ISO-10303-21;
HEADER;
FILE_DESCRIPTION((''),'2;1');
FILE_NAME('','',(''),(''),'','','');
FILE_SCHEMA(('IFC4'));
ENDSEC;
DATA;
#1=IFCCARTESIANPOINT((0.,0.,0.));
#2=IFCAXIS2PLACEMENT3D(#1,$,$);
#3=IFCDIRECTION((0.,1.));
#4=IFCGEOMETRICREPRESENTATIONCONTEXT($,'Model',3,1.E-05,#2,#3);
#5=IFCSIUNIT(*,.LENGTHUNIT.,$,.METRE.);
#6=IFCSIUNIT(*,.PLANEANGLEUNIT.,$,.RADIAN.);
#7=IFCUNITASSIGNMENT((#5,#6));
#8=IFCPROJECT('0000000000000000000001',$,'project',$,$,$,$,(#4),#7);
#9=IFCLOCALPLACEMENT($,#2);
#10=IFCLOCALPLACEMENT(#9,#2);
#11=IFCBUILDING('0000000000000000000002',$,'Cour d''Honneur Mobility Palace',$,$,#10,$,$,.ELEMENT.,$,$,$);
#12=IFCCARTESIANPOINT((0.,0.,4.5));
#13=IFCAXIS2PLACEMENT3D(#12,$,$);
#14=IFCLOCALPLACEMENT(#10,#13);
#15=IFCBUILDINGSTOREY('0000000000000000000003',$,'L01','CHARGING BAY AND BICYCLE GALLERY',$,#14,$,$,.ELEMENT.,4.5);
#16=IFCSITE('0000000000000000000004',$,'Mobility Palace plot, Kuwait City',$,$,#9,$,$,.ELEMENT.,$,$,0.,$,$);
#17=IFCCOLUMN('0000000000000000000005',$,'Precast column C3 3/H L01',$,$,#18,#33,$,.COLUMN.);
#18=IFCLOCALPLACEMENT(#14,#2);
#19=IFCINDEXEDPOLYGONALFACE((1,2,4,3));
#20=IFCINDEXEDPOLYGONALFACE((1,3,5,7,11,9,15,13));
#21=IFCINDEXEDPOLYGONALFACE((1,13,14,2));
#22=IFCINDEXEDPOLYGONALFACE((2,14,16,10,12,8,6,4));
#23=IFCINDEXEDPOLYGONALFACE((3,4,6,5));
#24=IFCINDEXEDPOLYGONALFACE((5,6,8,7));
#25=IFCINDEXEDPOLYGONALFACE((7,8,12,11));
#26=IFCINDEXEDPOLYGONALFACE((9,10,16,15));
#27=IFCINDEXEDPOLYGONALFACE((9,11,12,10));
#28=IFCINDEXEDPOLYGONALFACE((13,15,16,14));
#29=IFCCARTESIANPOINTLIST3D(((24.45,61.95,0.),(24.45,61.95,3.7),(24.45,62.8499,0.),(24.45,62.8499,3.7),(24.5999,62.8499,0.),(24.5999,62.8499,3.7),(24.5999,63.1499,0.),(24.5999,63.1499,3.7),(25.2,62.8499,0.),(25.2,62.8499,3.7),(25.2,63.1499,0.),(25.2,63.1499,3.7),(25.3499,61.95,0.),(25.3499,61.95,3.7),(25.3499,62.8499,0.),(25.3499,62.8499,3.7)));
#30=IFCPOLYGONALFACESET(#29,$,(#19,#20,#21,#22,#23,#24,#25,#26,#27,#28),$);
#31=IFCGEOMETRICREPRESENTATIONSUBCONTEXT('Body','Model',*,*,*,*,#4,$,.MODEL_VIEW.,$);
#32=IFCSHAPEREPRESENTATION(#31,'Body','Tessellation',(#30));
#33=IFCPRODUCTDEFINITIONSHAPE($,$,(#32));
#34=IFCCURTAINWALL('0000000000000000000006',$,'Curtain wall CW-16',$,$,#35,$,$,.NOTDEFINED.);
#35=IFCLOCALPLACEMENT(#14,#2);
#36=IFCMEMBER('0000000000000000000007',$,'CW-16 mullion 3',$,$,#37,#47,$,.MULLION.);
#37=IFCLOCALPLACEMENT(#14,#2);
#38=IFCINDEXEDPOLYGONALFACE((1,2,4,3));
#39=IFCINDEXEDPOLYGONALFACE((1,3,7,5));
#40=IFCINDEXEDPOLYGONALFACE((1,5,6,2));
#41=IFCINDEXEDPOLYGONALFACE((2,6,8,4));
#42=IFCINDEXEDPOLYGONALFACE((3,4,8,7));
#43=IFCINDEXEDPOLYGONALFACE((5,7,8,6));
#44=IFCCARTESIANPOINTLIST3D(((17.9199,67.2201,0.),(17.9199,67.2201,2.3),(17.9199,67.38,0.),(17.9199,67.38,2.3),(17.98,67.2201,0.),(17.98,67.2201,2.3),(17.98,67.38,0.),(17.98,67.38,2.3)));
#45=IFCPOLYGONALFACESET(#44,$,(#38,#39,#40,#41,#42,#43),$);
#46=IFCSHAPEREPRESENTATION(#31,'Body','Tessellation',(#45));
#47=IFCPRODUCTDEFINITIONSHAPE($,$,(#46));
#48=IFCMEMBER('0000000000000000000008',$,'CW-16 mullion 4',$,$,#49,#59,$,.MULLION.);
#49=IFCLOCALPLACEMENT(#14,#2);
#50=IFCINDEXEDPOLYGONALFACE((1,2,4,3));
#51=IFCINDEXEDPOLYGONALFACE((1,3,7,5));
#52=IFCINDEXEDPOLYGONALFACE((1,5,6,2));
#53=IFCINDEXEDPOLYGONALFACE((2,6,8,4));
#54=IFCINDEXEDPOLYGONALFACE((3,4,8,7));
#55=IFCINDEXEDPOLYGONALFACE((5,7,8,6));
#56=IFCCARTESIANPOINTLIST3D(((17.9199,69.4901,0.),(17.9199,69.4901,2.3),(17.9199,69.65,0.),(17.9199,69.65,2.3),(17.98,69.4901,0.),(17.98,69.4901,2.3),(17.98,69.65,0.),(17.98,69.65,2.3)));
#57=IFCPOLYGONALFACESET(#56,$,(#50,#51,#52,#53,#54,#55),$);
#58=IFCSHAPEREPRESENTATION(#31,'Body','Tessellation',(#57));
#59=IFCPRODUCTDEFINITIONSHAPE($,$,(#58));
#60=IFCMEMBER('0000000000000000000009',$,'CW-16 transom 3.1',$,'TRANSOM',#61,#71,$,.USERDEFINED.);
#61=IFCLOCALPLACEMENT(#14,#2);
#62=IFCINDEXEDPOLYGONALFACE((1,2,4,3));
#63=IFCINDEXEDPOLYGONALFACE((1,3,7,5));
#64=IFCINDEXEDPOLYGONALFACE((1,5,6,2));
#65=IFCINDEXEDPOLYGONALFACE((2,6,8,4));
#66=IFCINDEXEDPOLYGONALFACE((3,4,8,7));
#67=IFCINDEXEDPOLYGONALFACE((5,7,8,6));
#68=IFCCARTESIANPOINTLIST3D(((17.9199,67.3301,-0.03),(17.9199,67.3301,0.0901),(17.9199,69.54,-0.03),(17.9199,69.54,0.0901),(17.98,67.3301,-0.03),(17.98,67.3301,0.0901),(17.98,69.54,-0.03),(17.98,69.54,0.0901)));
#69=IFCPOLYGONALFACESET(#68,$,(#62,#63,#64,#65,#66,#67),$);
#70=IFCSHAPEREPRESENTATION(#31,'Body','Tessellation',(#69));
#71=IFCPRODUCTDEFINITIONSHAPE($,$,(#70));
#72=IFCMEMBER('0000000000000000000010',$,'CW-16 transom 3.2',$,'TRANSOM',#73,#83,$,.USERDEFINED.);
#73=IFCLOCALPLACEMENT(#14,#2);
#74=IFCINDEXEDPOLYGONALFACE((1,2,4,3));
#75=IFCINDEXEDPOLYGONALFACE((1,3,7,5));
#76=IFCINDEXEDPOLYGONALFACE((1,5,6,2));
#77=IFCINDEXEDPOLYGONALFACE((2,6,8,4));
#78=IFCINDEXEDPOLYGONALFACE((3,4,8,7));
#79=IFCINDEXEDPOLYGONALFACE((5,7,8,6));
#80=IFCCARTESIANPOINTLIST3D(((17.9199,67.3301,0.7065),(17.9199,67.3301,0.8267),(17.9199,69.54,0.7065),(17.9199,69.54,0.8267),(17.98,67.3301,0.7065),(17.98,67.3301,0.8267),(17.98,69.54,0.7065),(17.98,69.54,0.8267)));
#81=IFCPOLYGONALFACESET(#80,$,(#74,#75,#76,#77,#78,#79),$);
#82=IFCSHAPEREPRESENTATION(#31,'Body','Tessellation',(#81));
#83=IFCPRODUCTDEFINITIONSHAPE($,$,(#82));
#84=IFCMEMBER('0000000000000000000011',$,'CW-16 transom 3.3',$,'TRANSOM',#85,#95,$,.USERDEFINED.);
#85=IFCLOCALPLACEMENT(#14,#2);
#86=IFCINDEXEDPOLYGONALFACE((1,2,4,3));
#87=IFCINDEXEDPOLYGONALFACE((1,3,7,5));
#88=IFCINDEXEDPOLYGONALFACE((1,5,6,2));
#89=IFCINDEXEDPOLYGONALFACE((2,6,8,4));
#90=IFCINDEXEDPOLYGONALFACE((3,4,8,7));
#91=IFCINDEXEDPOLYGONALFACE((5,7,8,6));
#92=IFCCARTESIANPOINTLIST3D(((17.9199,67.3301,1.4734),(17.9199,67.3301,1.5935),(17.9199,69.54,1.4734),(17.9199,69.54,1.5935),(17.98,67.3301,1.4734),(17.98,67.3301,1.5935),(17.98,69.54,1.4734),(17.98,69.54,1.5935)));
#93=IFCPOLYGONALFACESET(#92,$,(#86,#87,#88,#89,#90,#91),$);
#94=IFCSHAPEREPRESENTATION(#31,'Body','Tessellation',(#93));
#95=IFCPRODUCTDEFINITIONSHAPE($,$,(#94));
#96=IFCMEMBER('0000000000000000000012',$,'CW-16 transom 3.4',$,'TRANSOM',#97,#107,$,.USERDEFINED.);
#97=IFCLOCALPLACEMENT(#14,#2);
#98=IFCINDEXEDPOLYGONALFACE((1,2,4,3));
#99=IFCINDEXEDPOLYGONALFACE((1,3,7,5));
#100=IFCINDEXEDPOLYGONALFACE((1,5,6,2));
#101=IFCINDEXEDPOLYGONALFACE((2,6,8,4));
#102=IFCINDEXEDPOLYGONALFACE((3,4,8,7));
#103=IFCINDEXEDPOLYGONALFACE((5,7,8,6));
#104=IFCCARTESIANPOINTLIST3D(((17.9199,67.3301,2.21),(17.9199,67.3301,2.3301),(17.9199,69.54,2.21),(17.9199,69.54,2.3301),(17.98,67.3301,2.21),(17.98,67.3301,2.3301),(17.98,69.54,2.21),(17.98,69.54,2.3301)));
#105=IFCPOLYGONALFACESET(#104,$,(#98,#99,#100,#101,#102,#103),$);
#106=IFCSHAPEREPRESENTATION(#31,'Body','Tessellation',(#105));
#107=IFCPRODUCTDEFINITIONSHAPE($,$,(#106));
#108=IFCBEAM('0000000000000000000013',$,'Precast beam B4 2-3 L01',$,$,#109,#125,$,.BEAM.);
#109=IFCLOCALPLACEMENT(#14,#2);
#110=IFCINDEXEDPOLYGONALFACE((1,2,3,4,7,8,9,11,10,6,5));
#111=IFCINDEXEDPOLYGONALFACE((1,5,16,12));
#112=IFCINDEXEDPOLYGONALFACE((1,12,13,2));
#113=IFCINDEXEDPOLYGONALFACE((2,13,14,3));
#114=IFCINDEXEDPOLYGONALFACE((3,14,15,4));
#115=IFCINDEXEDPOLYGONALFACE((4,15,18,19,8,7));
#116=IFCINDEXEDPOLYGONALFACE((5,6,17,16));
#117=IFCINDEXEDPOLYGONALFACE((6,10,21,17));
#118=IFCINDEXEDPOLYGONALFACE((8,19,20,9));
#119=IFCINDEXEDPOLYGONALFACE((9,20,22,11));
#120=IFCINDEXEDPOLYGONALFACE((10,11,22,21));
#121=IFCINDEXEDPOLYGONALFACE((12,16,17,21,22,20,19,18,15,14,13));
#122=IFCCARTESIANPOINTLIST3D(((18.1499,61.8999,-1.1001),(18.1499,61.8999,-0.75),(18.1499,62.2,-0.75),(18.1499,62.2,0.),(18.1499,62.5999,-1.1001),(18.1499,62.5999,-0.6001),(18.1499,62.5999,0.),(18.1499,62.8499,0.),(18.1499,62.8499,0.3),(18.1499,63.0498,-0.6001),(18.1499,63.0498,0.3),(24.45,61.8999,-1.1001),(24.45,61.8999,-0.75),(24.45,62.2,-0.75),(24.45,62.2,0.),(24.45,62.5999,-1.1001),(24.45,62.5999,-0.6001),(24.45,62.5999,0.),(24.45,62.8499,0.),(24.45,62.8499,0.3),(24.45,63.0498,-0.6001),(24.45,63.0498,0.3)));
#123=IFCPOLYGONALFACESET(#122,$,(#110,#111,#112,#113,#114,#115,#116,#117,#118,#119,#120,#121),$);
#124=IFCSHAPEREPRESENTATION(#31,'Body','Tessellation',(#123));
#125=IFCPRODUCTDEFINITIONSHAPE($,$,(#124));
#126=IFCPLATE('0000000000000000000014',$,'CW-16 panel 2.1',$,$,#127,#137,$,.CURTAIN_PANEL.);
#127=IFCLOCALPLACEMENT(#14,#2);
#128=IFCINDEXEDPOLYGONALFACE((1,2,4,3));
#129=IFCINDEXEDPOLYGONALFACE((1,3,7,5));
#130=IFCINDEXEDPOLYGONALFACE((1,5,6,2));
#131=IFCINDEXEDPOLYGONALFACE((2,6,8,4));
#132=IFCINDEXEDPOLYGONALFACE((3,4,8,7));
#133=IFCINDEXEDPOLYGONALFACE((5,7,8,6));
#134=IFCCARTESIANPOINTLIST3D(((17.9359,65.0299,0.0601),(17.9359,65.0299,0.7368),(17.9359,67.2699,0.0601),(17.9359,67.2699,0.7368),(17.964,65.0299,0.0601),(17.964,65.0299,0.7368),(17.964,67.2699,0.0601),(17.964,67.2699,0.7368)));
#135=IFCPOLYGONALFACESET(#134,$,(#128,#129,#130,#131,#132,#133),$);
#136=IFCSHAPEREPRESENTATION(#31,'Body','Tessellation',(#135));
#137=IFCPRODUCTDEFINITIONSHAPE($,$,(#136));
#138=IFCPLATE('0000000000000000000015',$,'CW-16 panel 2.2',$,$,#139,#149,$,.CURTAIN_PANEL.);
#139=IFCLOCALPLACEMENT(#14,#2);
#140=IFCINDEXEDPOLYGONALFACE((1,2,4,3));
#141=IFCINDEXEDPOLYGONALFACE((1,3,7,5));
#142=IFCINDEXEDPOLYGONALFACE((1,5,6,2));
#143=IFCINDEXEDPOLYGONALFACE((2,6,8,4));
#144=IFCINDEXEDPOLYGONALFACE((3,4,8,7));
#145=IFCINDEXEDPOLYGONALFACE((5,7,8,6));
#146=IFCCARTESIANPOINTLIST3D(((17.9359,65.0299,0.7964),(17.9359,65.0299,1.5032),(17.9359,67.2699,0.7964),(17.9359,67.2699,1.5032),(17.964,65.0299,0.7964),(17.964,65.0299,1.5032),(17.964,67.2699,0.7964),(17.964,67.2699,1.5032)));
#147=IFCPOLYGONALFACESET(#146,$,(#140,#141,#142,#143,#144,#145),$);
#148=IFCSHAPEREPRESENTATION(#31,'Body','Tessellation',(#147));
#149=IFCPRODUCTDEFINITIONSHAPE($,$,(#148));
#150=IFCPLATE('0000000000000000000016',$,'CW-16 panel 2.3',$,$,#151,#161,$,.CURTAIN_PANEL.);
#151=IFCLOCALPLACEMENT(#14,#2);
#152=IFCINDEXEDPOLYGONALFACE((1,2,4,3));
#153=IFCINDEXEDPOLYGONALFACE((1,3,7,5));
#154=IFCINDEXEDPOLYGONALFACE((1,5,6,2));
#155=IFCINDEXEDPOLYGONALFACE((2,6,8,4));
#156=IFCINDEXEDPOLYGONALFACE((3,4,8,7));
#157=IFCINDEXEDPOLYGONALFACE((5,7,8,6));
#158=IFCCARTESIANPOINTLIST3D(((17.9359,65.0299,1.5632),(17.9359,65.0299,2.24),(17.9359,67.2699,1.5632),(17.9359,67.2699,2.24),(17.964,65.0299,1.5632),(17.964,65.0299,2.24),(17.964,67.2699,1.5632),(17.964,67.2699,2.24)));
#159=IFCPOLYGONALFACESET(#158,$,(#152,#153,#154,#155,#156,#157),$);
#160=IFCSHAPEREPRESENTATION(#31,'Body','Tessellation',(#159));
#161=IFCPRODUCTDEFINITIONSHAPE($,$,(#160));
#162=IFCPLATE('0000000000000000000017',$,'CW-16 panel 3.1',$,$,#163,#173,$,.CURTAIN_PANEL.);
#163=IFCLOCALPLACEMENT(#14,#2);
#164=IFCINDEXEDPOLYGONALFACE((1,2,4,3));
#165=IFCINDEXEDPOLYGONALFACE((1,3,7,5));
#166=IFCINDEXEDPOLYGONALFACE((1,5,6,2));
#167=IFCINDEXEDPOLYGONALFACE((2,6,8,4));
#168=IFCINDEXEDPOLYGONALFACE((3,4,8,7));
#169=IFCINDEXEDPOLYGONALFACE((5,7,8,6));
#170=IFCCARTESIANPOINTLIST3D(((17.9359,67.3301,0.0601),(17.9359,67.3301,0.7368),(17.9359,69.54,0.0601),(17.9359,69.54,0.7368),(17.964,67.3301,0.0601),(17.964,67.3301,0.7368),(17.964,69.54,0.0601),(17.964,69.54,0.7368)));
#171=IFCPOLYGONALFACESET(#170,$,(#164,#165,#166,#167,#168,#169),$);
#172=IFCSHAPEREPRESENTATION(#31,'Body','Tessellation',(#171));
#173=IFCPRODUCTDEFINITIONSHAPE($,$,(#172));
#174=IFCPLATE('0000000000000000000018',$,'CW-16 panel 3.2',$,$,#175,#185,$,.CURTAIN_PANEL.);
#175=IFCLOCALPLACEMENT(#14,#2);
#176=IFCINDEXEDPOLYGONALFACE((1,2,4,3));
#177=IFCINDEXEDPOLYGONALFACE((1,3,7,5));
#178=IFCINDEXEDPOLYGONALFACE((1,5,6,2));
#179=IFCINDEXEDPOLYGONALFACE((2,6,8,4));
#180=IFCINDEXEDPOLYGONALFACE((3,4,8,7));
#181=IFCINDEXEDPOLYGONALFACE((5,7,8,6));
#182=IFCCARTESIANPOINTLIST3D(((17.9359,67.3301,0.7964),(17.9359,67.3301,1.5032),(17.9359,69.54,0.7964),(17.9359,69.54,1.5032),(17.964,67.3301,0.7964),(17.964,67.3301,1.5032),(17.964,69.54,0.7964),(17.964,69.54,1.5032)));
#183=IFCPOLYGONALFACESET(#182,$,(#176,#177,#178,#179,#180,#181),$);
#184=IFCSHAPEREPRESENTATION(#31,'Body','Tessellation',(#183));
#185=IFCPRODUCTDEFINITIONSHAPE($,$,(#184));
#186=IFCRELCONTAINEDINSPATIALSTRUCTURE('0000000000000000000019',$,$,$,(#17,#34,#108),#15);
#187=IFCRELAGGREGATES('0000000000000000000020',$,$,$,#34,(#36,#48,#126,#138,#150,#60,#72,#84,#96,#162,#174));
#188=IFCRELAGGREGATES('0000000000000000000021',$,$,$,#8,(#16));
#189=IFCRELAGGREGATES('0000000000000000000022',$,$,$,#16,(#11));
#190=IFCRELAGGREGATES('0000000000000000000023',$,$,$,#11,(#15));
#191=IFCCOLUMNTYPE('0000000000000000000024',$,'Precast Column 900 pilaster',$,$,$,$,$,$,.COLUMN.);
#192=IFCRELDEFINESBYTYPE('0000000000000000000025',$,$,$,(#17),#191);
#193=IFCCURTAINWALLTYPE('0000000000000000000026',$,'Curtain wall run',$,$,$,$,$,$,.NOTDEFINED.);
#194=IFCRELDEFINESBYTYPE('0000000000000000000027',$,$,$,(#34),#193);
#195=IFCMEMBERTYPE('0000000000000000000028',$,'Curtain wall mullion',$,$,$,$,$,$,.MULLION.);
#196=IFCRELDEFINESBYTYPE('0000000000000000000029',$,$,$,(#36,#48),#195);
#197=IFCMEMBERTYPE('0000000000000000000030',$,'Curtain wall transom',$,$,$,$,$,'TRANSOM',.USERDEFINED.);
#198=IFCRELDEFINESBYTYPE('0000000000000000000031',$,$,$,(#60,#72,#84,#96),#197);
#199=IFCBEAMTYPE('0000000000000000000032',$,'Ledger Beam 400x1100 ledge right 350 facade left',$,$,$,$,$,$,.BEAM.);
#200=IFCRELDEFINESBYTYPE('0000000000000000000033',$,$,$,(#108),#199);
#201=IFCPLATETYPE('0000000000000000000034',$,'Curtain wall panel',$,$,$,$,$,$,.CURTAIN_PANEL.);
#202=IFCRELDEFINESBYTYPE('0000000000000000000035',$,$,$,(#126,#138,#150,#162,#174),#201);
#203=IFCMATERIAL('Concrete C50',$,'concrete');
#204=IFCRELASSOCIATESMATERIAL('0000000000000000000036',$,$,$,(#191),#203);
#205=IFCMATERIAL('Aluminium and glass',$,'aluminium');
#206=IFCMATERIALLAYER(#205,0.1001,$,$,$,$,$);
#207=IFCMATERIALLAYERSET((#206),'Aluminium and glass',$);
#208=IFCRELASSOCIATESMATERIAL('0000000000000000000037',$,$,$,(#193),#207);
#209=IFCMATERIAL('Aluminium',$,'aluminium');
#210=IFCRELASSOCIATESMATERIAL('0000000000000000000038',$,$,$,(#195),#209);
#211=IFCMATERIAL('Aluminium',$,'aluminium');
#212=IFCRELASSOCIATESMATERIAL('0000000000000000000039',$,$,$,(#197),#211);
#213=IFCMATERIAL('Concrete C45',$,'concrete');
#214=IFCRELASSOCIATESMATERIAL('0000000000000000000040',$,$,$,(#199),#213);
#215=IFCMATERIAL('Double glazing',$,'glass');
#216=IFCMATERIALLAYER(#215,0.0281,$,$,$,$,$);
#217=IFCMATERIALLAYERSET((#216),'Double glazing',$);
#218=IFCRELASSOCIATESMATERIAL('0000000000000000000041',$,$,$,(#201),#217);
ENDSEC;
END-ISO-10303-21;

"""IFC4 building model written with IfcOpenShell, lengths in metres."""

from ifc_helpers import new_model, si_unit, direction, frame, origin, origin_2d, place, context, subcontext, project, spatial, polyline, rectangle, outline, extrude, material, layer, layer_set, material_profile, profile_set, type_object, element, aggregate, save


model = new_model("IFC4")

# Units and contexts
model_context = context("Model", 3, precision=1e-05, world=origin(), true_north=direction((0.0, 1.0)))
body_context = subcontext(model_context, "Body", "Model", "MODEL_VIEW")
ifc_project = project(units=[si_unit("LENGTHUNIT", "METRE"), si_unit("PLANEANGLEUNIT", "RADIAN")], contexts=[model_context])

# Site, building, storey
site_placement = place(None, origin())
site = spatial("IfcSite", under=ifc_project, at=site_placement, Name="Mobility Palace plot, Kuwait City", CompositionType="ELEMENT", RefElevation=0.0)
building_placement = place(site_placement, origin())
building = spatial("IfcBuilding", under=site, at=building_placement, Name="Cour d'Honneur Mobility Palace", CompositionType="ELEMENT")
storey_placement = place(building_placement, frame((0.0, 0.0, 4.5)))
storey = spatial("IfcBuildingStorey", under=building, at=storey_placement, Name="L01", Description="CHARGING BAY AND BICYCLE GALLERY", CompositionType="ELEMENT", Elevation=4.5)

# Column
ifc_material_1 = material(Name="Concrete C50", Category="concrete")
ifc_material_profile_1 = material_profile(ifc_material_1, outline(polyline([(-0.45, -0.45), (0.45, -0.45), (0.45, -0.3), (0.75, -0.3), (0.75, 0.3), (0.45, 0.3), (0.45, 0.45), (-0.45, 0.45), (-0.45, -0.45)])), Name="PC C900 pilaster")
ifc_profile_set_1 = profile_set([ifc_material_profile_1], Name="Concrete C50")
column_type = type_object("IfcColumnType", Name="Precast Column 900 pilaster", PredefinedType="COLUMN", material=ifc_profile_set_1)
column_placement = place(storey_placement, frame((24.8999, 62.3999, 0.0), z_axis=(0.0, 0.0, 1.0), x_axis=(0.0, 1.0, 0.0)))
element("IfcColumn", 1, at=column_placement, inside=storey, type_object=column_type, Name="Precast column C3 3/H L01", PredefinedType="COLUMN", context=body_context, shape_type="SweptSolid", body=[
    extrude(outline(polyline([(-0.45, -0.45), (0.45, -0.45), (0.45, -0.3), (0.75, -0.3), (0.75, 0.3), (0.45, 0.3), (0.45, 0.45), (-0.45, 0.45), (-0.45, -0.45)])), origin(), (0.0, 0.0, 1.0), 3.7),
])

# Curtain wall, members
ifc_material_2 = material(Name="Aluminium and glass", Category="aluminium")
ifc_layer_1 = layer(ifc_material_2, 0.1001)
ifc_layer_set_1 = layer_set([ifc_layer_1], Name="Aluminium and glass")
curtain_wall_type = type_object("IfcCurtainWallType", Name="Curtain wall run", PredefinedType="NOTDEFINED", material=ifc_layer_set_1)
curtain_wall_placement = place(storey_placement, origin())
curtain_wall = element("IfcCurtainWall", 2, at=curtain_wall_placement, inside=storey, type_object=curtain_wall_type, Name="Curtain wall CW-16", PredefinedType="NOTDEFINED")
ifc_material_3 = material(Name="Aluminium", Category="aluminium")
ifc_material_profile_2 = material_profile(ifc_material_3, rectangle(XDim=0.0601, YDim=0.1599, at=origin_2d()), Name="Curtain wall mullion")
ifc_profile_set_2 = profile_set([ifc_material_profile_2], Name="Aluminium")
member_type_1 = type_object("IfcMemberType", Name="Curtain wall mullion", PredefinedType="MULLION", material=ifc_profile_set_2)
member_1_placement = place(storey_placement, frame((17.95, 67.3, 0.0), z_axis=(0.0, 0.0, 1.0), x_axis=(-1.0, 0.0, 0.0)))
member_1 = element("IfcMember", 3, at=member_1_placement, type_object=member_type_1, Name="CW-16 mullion 3", PredefinedType="MULLION", context=body_context, shape_type="SweptSolid", body=[
    extrude(rectangle(XDim=0.0601, YDim=0.1599, at=origin_2d()), origin(), (0.0, 0.0, 1.0), 2.3),
])
member_2_placement = place(storey_placement, frame((17.95, 69.5701, 0.0), z_axis=(0.0, 0.0, 1.0), x_axis=(-1.0, 0.0, 0.0)))
member_2 = element("IfcMember", 4, at=member_2_placement, type_object=member_type_1, Name="CW-16 mullion 4", PredefinedType="MULLION", context=body_context, shape_type="SweptSolid", body=[
    extrude(rectangle(XDim=0.0601, YDim=0.1599, at=origin_2d()), origin(), (0.0, 0.0, 1.0), 2.3),
])
ifc_material_4 = material(Name="Aluminium", Category="aluminium")
ifc_material_profile_3 = material_profile(ifc_material_4, rectangle(XDim=0.0601, YDim=0.1201, at=origin_2d()), Name="Curtain wall transom")
ifc_profile_set_3 = profile_set([ifc_material_profile_3], Name="Aluminium")
member_type_2 = type_object("IfcMemberType", Name="Curtain wall transom", ElementType="TRANSOM", PredefinedType="USERDEFINED", material=ifc_profile_set_3)
member_3_placement = place(storey_placement, frame((17.95, 67.3301, 0.03), z_axis=(0.0, 1.0, 0.0), x_axis=(-1.0, 0.0, 0.0)))
member_3 = element("IfcMember", 5, at=member_3_placement, type_object=member_type_2, Name="CW-16 transom 3.1", ObjectType="TRANSOM", PredefinedType="USERDEFINED", context=body_context, shape_type="SweptSolid", body=[
    extrude(rectangle(XDim=0.0601, YDim=0.1201, at=origin_2d()), origin(), (0.0, 0.0, 1.0), 2.21),
])
member_4_placement = place(storey_placement, frame((17.95, 67.3301, 0.7666), z_axis=(0.0, 1.0, 0.0), x_axis=(-1.0, 0.0, 0.0)))
member_4 = element("IfcMember", 6, at=member_4_placement, type_object=member_type_2, Name="CW-16 transom 3.2", ObjectType="TRANSOM", PredefinedType="USERDEFINED", context=body_context, shape_type="SweptSolid", body=[
    extrude(rectangle(XDim=0.0601, YDim=0.1201, at=origin_2d()), origin(), (0.0, 0.0, 1.0), 2.21),
])
member_5_placement = place(storey_placement, frame((17.95, 67.3301, 1.5334), z_axis=(0.0, 1.0, 0.0), x_axis=(-1.0, 0.0, 0.0)))
member_5 = element("IfcMember", 7, at=member_5_placement, type_object=member_type_2, Name="CW-16 transom 3.3", ObjectType="TRANSOM", PredefinedType="USERDEFINED", context=body_context, shape_type="SweptSolid", body=[
    extrude(rectangle(XDim=0.0601, YDim=0.1201, at=origin_2d()), origin(), (0.0, 0.0, 1.0), 2.21),
])
member_6_placement = place(storey_placement, frame((17.95, 67.3301, 2.27), z_axis=(0.0, 1.0, 0.0), x_axis=(-1.0, 0.0, 0.0)))
member_6 = element("IfcMember", 8, at=member_6_placement, type_object=member_type_2, Name="CW-16 transom 3.4", ObjectType="TRANSOM", PredefinedType="USERDEFINED", context=body_context, shape_type="SweptSolid", body=[
    extrude(rectangle(XDim=0.0601, YDim=0.1201, at=origin_2d()), origin(), (0.0, 0.0, 1.0), 2.21),
])

# Beam
ifc_material_5 = material(Name="Concrete C45", Category="concrete")
ifc_material_profile_4 = material_profile(ifc_material_5, outline(polyline([(0.2, -1.1001), (0.2, -0.6001), (0.6499, -0.6001), (0.6499, 0.3), (0.45, 0.3), (0.45, 0.0), (0.2, 0.0), (-0.2, 0.0), (-0.2, -0.75), (-0.5, -0.75), (-0.5, -1.1001), (0.2, -1.1001)])), Name="Ledger Beam 400x1100 ledge right 350 facade left")
ifc_profile_set_4 = profile_set([ifc_material_profile_4], Name="Concrete C45")
beam_type = type_object("IfcBeamType", Name="Ledger Beam 400x1100 ledge right 350 facade left", PredefinedType="BEAM", material=ifc_profile_set_4)
beam_placement = place(storey_placement, frame((18.1499, 62.3999, 0.0), z_axis=(1.0, 0.0, 0.0), x_axis=(0.0, 1.0, 0.0)))
element("IfcBeam", 9, at=beam_placement, inside=storey, type_object=beam_type, Name="Precast beam B4 2-3 L01", PredefinedType="BEAM", context=body_context, shape_type="SweptSolid", body=[
    extrude(outline(polyline([(0.2, -1.1001), (0.2, -0.6001), (0.6499, -0.6001), (0.6499, 0.3), (0.45, 0.3), (0.45, 0.0), (0.2, 0.0), (-0.2, 0.0), (-0.2, -0.75), (-0.5, -0.75), (-0.5, -1.1001), (0.2, -1.1001)])), origin(), (0.0, 0.0, 1.0), 6.3),
])

# Plates
ifc_material_6 = material(Name="Double glazing", Category="glass")
ifc_layer_2 = layer(ifc_material_6, 0.0281)
ifc_layer_set_2 = layer_set([ifc_layer_2], Name="Double glazing")
plate_type = type_object("IfcPlateType", Name="Curtain wall panel", PredefinedType="CURTAIN_PANEL", material=ifc_layer_set_2)
plate_1_placement = place(storey_placement, frame((17.95, 66.1499, 0.0601), z_axis=(0.0, 0.0, 1.0), x_axis=(0.0, 1.0, 0.0)))
plate_1 = element("IfcPlate", 10, at=plate_1_placement, type_object=plate_type, Name="CW-16 panel 2.1", PredefinedType="CURTAIN_PANEL", context=body_context, shape_type="SweptSolid", body=[
    extrude(rectangle(XDim=2.24, YDim=0.0281, at=origin_2d()), origin(), (0.0, 0.0, 1.0), 0.6768),
])
plate_2_placement = place(storey_placement, frame((17.95, 66.1499, 0.7964), z_axis=(0.0, 0.0, 1.0), x_axis=(0.0, 1.0, 0.0)))
plate_2 = element("IfcPlate", 11, at=plate_2_placement, type_object=plate_type, Name="CW-16 panel 2.2", PredefinedType="CURTAIN_PANEL", context=body_context, shape_type="SweptSolid", body=[
    extrude(rectangle(XDim=2.24, YDim=0.0281, at=origin_2d()), origin(), (0.0, 0.0, 1.0), 0.7068),
])
plate_3_placement = place(storey_placement, frame((17.95, 66.1499, 1.5632), z_axis=(0.0, 0.0, 1.0), x_axis=(0.0, 1.0, 0.0)))
plate_3 = element("IfcPlate", 12, at=plate_3_placement, type_object=plate_type, Name="CW-16 panel 2.3", PredefinedType="CURTAIN_PANEL", context=body_context, shape_type="SweptSolid", body=[
    extrude(rectangle(XDim=2.24, YDim=0.0281, at=origin_2d()), origin(), (0.0, 0.0, 1.0), 0.6768),
])
plate_4_placement = place(storey_placement, frame((17.95, 68.4351, 0.0601), z_axis=(0.0, 0.0, 1.0), x_axis=(0.0, 1.0, 0.0)))
plate_4 = element("IfcPlate", 13, at=plate_4_placement, type_object=plate_type, Name="CW-16 panel 3.1", PredefinedType="CURTAIN_PANEL", context=body_context, shape_type="SweptSolid", body=[
    extrude(rectangle(XDim=2.21, YDim=0.0281, at=origin_2d()), origin(), (0.0, 0.0, 1.0), 0.6768),
])
plate_5_placement = place(storey_placement, frame((17.95, 68.4351, 0.7964), z_axis=(0.0, 0.0, 1.0), x_axis=(0.0, 1.0, 0.0)))
plate_5 = element("IfcPlate", 14, at=plate_5_placement, type_object=plate_type, Name="CW-16 panel 3.2", PredefinedType="CURTAIN_PANEL", context=body_context, shape_type="SweptSolid", body=[
    extrude(rectangle(XDim=2.21, YDim=0.0281, at=origin_2d()), origin(), (0.0, 0.0, 1.0), 0.7068),
])
aggregate(curtain_wall, [member_1, member_2, plate_1, plate_2, plate_3, member_3, member_4, member_5, member_6, plate_4, plate_5])

save(model, "model.ifc")
